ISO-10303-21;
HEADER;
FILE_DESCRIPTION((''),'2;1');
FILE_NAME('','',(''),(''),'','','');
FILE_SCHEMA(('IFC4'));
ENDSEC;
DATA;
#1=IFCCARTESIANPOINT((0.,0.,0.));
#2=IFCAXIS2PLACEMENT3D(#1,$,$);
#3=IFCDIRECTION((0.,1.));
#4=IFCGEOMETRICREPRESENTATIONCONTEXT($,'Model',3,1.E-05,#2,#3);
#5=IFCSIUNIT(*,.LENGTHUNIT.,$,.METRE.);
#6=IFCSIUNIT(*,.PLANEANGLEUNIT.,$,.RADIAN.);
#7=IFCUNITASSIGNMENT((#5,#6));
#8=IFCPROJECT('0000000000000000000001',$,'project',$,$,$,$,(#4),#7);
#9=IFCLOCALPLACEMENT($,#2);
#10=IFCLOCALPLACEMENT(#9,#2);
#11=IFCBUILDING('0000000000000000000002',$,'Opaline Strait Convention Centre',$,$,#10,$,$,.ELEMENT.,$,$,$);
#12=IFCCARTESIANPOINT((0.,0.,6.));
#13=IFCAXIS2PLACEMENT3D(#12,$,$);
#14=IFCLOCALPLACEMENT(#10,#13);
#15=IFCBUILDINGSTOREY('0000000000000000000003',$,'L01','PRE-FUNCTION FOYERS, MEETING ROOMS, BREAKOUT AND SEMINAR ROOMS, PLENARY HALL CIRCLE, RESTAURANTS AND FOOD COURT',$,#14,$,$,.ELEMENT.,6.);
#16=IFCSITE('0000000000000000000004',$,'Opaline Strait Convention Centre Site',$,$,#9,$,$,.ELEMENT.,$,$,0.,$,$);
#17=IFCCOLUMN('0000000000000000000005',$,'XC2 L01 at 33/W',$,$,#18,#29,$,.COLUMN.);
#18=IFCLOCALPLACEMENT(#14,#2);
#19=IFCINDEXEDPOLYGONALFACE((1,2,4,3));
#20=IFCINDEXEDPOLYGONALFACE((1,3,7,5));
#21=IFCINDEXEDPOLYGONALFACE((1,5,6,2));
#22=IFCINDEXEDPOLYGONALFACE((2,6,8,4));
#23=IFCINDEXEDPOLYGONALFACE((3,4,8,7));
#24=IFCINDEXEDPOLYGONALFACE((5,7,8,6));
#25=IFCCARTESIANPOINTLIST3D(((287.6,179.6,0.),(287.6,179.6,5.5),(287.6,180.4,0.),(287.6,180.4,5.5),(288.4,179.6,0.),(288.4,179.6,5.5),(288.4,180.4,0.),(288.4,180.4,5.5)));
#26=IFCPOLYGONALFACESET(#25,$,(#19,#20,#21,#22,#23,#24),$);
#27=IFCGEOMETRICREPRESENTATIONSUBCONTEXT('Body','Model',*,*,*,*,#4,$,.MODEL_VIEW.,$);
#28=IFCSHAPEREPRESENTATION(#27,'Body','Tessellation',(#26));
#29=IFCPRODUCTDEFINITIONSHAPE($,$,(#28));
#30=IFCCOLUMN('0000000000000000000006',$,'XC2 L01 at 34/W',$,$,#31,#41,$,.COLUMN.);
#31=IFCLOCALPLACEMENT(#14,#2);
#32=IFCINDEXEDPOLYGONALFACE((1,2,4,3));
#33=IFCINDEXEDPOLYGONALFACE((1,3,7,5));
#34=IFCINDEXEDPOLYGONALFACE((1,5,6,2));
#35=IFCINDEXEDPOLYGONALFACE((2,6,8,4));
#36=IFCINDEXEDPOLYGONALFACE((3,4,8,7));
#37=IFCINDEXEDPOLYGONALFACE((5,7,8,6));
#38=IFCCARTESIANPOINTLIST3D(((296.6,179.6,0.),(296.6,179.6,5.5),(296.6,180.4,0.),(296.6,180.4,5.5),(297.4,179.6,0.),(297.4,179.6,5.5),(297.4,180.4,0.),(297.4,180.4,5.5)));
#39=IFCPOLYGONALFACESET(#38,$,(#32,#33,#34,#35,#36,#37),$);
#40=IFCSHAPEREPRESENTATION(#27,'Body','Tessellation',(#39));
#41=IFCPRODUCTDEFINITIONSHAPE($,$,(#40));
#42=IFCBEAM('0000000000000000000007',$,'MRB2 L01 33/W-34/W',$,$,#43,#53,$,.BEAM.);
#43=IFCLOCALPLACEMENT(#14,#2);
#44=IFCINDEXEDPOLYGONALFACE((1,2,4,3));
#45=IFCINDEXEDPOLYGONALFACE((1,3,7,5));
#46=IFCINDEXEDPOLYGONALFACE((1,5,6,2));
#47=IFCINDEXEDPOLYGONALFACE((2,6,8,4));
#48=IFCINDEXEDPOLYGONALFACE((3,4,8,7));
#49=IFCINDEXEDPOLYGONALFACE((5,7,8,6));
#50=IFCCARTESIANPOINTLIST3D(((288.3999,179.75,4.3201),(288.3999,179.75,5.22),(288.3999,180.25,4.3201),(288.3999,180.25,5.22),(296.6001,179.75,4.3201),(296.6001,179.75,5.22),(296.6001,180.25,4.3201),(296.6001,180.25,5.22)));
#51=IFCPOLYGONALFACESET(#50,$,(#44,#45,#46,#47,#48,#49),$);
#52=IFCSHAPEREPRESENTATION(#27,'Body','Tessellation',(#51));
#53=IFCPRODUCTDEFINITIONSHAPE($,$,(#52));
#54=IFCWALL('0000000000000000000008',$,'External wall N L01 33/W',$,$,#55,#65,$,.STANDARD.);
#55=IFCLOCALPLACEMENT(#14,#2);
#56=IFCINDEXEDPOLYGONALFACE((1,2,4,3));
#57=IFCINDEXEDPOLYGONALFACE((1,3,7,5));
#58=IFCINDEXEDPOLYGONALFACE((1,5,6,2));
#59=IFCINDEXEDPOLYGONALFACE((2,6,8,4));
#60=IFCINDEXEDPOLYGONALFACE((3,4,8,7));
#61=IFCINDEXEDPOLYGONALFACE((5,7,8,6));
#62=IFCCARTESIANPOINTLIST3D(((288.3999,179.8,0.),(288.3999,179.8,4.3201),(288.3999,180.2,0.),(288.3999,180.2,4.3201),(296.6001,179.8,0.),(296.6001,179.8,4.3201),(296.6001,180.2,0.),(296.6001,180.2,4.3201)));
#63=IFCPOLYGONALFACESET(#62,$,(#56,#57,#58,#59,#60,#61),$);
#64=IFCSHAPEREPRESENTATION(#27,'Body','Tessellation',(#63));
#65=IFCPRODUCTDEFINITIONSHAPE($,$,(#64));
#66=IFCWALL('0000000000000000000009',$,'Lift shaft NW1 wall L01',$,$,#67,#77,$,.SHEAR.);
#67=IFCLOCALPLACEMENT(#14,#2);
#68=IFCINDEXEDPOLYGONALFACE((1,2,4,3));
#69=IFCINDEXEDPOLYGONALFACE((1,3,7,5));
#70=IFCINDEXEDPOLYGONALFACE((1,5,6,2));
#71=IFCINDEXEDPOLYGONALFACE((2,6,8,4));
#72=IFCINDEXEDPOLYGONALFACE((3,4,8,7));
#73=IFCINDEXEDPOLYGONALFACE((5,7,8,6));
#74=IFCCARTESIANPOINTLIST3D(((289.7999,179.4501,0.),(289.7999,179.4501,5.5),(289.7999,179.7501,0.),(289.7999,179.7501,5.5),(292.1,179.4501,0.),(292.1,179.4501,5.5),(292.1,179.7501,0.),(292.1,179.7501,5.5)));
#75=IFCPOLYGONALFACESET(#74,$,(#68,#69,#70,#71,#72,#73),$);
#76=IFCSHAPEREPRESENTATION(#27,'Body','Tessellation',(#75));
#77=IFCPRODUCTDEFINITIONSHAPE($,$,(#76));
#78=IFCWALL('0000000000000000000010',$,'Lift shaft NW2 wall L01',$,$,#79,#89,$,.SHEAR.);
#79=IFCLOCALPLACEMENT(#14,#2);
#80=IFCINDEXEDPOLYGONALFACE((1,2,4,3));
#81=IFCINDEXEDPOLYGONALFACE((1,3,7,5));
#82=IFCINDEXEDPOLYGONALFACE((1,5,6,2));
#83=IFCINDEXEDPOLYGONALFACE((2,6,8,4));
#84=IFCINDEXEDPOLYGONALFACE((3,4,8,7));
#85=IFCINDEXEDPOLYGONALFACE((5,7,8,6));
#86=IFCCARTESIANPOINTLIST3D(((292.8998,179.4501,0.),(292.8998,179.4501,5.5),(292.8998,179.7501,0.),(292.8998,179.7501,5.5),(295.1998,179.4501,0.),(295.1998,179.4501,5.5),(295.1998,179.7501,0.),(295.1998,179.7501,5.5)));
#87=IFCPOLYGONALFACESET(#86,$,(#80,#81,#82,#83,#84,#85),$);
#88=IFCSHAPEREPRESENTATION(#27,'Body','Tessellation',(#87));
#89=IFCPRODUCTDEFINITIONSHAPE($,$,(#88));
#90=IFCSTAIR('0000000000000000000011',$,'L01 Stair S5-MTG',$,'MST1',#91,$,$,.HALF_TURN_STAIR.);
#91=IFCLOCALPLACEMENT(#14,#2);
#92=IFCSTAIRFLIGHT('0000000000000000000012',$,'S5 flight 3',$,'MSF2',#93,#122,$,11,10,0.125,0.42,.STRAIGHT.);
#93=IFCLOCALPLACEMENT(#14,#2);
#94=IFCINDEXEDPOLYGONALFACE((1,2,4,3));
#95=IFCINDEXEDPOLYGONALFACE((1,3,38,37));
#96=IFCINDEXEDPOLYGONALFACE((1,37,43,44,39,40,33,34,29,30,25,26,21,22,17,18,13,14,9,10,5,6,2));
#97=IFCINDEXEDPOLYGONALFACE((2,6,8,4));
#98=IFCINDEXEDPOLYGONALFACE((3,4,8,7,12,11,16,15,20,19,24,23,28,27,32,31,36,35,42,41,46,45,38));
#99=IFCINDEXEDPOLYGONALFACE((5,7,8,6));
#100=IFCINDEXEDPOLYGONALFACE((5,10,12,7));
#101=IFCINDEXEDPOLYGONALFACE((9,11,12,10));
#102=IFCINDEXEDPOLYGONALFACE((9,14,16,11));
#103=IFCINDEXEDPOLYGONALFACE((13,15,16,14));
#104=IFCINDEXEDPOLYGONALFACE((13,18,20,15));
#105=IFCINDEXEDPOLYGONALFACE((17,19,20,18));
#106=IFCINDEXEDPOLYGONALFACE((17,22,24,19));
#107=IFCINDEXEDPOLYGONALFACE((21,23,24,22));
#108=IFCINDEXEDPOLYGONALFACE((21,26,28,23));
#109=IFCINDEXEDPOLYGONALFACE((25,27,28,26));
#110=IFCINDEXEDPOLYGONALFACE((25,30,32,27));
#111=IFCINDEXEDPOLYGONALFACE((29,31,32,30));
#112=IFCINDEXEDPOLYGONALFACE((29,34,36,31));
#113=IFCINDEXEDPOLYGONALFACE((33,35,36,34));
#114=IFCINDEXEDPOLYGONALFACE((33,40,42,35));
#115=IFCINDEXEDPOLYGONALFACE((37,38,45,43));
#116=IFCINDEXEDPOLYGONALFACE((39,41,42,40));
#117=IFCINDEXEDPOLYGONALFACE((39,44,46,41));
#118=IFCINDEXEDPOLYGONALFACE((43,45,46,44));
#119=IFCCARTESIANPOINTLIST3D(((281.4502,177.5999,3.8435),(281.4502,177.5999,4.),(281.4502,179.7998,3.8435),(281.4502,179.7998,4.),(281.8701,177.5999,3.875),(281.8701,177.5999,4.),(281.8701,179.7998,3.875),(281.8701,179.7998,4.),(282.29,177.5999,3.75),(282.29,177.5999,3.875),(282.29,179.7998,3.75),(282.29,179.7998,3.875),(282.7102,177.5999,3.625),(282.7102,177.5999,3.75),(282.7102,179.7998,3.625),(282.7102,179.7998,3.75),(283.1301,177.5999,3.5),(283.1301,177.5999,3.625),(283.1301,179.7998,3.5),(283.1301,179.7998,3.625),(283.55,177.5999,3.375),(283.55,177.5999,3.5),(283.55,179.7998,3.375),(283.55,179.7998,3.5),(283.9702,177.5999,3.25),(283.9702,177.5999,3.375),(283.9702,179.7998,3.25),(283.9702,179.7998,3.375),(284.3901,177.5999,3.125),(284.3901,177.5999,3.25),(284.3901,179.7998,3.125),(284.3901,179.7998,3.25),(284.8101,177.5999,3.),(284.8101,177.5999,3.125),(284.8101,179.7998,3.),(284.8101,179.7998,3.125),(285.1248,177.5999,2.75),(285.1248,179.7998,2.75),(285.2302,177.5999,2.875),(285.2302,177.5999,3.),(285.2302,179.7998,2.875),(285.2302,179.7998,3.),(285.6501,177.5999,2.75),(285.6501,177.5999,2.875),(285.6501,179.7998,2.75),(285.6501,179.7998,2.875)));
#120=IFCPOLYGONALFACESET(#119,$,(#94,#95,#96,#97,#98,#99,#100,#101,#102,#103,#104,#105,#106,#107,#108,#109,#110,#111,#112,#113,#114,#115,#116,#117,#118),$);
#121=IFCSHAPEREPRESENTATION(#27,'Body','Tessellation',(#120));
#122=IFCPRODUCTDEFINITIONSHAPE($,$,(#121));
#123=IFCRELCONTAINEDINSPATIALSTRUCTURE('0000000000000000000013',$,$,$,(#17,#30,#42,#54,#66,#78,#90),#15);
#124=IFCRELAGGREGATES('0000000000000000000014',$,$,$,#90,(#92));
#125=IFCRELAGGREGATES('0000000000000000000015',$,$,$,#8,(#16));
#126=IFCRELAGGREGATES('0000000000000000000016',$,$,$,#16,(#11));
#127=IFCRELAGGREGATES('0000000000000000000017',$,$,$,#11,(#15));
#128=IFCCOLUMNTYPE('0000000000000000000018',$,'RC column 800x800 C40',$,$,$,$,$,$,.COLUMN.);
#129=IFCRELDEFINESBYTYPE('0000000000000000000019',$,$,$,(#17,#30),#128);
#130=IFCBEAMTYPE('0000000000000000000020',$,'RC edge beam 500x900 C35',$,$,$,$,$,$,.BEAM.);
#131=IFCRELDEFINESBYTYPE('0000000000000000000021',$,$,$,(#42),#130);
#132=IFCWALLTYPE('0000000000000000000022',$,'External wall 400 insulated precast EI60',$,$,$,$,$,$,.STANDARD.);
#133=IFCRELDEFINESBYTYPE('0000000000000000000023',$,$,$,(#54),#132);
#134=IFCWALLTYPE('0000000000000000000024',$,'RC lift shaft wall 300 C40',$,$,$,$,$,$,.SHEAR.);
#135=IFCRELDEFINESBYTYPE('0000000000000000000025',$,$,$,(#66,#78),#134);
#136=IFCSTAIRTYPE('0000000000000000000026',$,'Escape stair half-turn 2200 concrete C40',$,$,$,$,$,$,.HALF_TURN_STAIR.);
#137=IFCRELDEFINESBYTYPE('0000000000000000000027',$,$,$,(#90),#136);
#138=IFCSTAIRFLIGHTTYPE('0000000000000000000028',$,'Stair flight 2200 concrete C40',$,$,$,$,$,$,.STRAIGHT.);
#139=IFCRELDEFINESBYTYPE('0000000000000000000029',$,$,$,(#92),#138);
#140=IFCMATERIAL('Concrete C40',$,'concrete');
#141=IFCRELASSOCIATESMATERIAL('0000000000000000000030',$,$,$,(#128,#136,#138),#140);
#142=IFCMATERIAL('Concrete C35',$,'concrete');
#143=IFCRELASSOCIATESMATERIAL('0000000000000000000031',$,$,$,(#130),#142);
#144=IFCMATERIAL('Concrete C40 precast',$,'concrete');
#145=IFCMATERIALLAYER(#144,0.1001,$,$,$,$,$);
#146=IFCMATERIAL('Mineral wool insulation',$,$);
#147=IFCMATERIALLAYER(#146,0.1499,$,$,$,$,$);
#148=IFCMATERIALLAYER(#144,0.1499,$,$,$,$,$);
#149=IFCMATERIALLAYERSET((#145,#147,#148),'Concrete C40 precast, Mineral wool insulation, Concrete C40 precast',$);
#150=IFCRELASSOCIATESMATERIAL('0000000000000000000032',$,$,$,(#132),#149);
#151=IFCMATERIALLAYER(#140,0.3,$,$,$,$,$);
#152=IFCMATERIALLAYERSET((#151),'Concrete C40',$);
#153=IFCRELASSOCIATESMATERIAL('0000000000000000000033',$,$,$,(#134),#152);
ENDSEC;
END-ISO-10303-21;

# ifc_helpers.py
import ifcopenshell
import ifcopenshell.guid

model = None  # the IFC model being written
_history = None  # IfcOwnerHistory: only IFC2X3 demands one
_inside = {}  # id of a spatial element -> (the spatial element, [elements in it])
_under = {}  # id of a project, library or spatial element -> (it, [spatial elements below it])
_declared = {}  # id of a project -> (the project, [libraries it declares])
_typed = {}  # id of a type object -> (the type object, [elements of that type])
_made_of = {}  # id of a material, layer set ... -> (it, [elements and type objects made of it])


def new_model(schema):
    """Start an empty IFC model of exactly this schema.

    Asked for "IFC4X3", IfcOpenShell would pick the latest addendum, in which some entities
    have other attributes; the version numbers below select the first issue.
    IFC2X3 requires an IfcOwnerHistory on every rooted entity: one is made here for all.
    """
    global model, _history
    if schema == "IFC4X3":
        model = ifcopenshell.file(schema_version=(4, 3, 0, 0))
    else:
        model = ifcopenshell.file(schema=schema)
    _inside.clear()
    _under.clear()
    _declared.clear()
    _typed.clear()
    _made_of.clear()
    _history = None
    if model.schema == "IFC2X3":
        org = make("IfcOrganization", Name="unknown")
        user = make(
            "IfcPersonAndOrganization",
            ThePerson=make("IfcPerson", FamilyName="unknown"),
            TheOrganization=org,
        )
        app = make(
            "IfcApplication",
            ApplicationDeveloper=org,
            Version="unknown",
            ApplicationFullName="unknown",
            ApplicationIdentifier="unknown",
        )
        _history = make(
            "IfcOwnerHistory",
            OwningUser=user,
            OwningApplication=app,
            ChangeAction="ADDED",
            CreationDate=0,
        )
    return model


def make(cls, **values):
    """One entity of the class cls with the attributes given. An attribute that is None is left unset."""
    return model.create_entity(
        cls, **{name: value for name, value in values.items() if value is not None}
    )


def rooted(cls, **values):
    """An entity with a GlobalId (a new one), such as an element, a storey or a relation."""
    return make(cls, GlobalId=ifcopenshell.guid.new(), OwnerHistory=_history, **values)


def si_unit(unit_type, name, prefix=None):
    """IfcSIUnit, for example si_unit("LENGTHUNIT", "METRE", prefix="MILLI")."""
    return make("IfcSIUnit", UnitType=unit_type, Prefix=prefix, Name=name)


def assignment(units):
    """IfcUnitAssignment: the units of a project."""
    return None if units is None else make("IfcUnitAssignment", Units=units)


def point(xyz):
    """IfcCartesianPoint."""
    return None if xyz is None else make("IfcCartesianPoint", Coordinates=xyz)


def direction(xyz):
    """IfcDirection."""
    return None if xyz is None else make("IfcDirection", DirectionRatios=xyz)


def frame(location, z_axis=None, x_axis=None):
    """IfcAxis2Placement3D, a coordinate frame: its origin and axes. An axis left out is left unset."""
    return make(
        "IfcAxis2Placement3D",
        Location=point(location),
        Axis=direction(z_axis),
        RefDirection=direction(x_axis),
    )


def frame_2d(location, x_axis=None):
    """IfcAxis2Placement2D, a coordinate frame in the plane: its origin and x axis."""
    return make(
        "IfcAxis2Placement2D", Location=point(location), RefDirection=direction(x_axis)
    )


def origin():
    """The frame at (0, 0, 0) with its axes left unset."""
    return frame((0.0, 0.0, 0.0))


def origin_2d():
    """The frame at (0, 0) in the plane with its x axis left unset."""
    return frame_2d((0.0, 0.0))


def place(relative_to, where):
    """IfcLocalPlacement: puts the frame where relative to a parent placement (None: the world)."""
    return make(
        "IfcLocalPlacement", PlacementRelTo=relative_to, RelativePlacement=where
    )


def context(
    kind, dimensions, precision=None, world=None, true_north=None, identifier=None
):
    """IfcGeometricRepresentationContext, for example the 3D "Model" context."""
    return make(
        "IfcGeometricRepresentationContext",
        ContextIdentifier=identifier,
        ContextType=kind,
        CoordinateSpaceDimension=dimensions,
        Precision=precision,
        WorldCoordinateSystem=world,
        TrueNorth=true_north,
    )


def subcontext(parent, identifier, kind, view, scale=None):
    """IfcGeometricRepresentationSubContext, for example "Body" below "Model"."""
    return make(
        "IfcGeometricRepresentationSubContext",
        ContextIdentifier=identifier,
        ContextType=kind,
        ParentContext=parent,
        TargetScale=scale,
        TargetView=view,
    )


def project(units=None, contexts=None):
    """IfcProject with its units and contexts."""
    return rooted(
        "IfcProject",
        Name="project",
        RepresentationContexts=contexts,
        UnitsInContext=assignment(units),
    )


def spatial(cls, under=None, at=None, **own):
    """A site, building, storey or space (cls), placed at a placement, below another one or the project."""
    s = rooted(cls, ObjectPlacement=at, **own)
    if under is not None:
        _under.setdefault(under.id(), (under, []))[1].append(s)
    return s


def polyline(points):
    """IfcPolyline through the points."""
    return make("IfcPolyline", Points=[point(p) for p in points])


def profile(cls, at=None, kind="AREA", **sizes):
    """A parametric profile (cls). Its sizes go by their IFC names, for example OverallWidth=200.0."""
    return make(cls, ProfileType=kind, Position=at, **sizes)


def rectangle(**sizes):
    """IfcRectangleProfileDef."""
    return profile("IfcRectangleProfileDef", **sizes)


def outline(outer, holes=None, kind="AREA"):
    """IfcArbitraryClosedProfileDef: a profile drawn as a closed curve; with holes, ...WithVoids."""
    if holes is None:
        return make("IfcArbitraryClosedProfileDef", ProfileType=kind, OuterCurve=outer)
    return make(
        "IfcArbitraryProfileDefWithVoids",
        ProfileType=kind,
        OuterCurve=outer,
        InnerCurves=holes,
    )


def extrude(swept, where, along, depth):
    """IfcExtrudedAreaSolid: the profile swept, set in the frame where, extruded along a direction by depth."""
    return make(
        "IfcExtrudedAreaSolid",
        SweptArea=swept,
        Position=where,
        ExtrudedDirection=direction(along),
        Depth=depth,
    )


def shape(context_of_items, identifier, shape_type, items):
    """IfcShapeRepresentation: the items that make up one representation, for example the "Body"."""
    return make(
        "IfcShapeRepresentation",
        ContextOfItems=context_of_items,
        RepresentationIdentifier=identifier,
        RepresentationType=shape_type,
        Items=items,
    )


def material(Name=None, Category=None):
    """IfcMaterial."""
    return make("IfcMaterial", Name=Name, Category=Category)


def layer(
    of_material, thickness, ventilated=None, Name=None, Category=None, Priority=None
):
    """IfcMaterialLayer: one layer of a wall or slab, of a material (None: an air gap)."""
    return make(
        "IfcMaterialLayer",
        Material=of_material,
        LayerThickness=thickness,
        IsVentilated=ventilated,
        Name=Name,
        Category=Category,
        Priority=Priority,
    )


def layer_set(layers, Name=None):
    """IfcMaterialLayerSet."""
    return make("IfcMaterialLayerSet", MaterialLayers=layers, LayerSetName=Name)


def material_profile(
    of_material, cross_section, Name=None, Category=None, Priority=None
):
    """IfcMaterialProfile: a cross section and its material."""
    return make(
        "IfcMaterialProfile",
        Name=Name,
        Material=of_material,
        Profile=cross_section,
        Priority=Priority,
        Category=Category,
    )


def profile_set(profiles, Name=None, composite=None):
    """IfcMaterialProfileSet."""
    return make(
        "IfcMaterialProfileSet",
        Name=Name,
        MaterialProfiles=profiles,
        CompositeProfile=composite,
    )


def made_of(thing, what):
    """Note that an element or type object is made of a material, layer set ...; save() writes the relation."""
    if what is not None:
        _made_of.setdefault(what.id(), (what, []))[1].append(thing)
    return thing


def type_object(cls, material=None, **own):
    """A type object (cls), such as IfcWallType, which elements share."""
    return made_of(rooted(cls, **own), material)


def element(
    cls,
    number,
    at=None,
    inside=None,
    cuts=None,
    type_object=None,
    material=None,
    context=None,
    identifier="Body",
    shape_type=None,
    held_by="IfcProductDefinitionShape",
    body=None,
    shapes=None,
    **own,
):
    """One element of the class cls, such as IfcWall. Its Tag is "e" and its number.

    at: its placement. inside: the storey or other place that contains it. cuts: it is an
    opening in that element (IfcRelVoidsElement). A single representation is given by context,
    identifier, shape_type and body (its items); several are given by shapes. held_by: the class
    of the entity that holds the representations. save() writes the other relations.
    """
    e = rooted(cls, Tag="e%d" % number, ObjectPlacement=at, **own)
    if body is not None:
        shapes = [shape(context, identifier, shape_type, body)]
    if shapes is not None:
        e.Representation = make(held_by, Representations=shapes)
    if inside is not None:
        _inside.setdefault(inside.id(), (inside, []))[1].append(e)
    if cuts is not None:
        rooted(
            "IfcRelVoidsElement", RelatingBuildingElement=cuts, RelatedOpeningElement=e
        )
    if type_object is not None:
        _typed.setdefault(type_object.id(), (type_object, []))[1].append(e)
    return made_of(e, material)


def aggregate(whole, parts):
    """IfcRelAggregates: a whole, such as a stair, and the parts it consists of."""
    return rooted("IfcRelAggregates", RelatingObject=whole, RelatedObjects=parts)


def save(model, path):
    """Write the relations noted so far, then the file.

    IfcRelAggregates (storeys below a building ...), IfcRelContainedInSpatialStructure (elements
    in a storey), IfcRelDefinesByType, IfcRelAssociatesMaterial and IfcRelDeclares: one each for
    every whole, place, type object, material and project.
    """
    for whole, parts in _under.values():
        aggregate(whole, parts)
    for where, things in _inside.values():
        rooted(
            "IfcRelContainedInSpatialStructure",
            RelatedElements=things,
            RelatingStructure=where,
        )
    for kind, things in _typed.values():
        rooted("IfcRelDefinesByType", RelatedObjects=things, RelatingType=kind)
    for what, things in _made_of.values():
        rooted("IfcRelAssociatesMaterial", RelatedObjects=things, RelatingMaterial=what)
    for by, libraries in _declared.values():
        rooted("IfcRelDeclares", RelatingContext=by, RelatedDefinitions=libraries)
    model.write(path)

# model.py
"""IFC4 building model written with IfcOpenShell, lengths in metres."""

from ifc_helpers import new_model, si_unit, direction, frame, frame_2d, origin, origin_2d, place, context, subcontext, project, spatial, polyline, rectangle, outline, extrude, material, layer, layer_set, material_profile, profile_set, type_object, element, aggregate, save


model = new_model("IFC4")

# Units and contexts
model_context = context("Model", 3, precision=1e-05, world=origin(), true_north=direction((0.0, 1.0)))
body_context = subcontext(model_context, "Body", "Model", "MODEL_VIEW")
ifc_project = project(units=[si_unit("LENGTHUNIT", "METRE"), si_unit("PLANEANGLEUNIT", "RADIAN")], contexts=[model_context])

# Site, building, storey
site_placement = place(None, origin())
site = spatial("IfcSite", under=ifc_project, at=site_placement, Name="Opaline Strait Convention Centre Site", CompositionType="ELEMENT", RefElevation=0.0)
building_placement = place(site_placement, origin())
building = spatial("IfcBuilding", under=site, at=building_placement, Name="Opaline Strait Convention Centre", CompositionType="ELEMENT")
storey_placement = place(building_placement, frame((0.0, 0.0, 6.0)))
storey = spatial("IfcBuildingStorey", under=building, at=storey_placement, Name="L01", Description="PRE-FUNCTION FOYERS, MEETING ROOMS, BREAKOUT AND SEMINAR ROOMS, PLENARY HALL CIRCLE, RESTAURANTS AND FOOD COURT", CompositionType="ELEMENT", Elevation=6.0)

# Columns
ifc_material_1 = material(Name="Concrete C40", Category="concrete")
ifc_material_profile_1 = material_profile(ifc_material_1, rectangle(XDim=0.8, YDim=0.8, at=origin_2d()), Name="RC 800x800")
ifc_profile_set_1 = profile_set([ifc_material_profile_1], Name="Concrete C40")
column_type = type_object("IfcColumnType", Name="RC column 800x800 C40", PredefinedType="COLUMN", material=ifc_profile_set_1)
for number, where, z_axis, x_axis, name in (
    (1, (288.0, 180.0, 0.0), (0.0, 0.0, 1.0), (1.0, 0.0, 0.0), "XC2 L01 at 33/W"),
    (2, (297.0, 180.0, 0.0), (0.0, 0.0, 1.0), (1.0, 0.0, 0.0), "XC2 L01 at 34/W"),
):
    element("IfcColumn", number, at=place(storey_placement, frame(where, z_axis=z_axis, x_axis=x_axis)), inside=storey, type_object=column_type, Name=name, PredefinedType="COLUMN", context=body_context, shape_type="SweptSolid", body=[
        extrude(rectangle(XDim=0.8, YDim=0.8, at=origin_2d()), origin(), (0.0, 0.0, 1.0), 5.5),
    ])

# Beam
ifc_material_2 = material(Name="Concrete C35", Category="concrete")
ifc_material_profile_2 = material_profile(ifc_material_2, rectangle(XDim=0.5, YDim=0.8999, at=origin_2d()), Name="RC 500x900")
ifc_profile_set_2 = profile_set([ifc_material_profile_2], Name="Concrete C35")
beam_type = type_object("IfcBeamType", Name="RC edge beam 500x900 C35", PredefinedType="BEAM", material=ifc_profile_set_2)
beam_placement = place(storey_placement, frame((288.3999, 180.0, 4.77), z_axis=(1.0, 0.0, 0.0), x_axis=(0.0, 1.0, 0.0)))
element("IfcBeam", 3, at=beam_placement, inside=storey, type_object=beam_type, Name="MRB2 L01 33/W-34/W", PredefinedType="BEAM", context=body_context, shape_type="SweptSolid", body=[
    extrude(rectangle(XDim=0.5, YDim=0.8999, at=origin_2d()), origin(), (0.0, 0.0, 1.0), 8.2002),
])

# Walls
ifc_material_3 = material(Name="Concrete C40 precast", Category="concrete")
ifc_layer_1 = layer(ifc_material_3, 0.1001)
ifc_material_4 = material(Name="Mineral wool insulation")
ifc_layer_2 = layer(ifc_material_4, 0.1499)
ifc_layer_3 = layer(ifc_material_3, 0.1499)
ifc_layer_set_1 = layer_set([ifc_layer_1, ifc_layer_2, ifc_layer_3], Name="Concrete C40 precast, Mineral wool insulation, Concrete C40 precast")
wall_type_1 = type_object("IfcWallType", Name="External wall 400 insulated precast EI60", PredefinedType="STANDARD", material=ifc_layer_set_1)
wall_placement = place(storey_placement, frame((288.3999, 180.0, 0.0), z_axis=(0.0, 0.0, 1.0), x_axis=(1.0, 0.0, 0.0)))
element("IfcWall", 4, at=wall_placement, inside=storey, type_object=wall_type_1, Name="External wall N L01 33/W", PredefinedType="STANDARD", context=body_context, shape_type="SweptSolid", body=[
    extrude(rectangle(XDim=8.2002, YDim=0.3999, at=frame_2d((4.1001, 0.0))), origin(), (0.0, 0.0, 1.0), 4.3201),
])
ifc_layer_4 = layer(ifc_material_1, 0.3)
ifc_layer_set_2 = layer_set([ifc_layer_4], Name="Concrete C40")
wall_type_2 = type_object("IfcWallType", Name="RC lift shaft wall 300 C40", PredefinedType="SHEAR", material=ifc_layer_set_2)
for number, where, z_axis, x_axis, name in (
    (5, (289.8, 179.6001, 0.0), (0.0, 0.0, 1.0), (1.0, 0.0, 0.0), "Lift shaft NW1 wall L01"),
    (6, (292.8999, 179.6001, 0.0), (0.0, 0.0, 1.0), (1.0, 0.0, 0.0), "Lift shaft NW2 wall L01"),
):
    element("IfcWall", number, at=place(storey_placement, frame(where, z_axis=z_axis, x_axis=x_axis)), inside=storey, type_object=wall_type_2, Name=name, PredefinedType="SHEAR", context=body_context, shape_type="SweptSolid", body=[
        extrude(rectangle(XDim=2.3, YDim=0.3, at=frame_2d((1.1499, 0.0))), origin(), (0.0, 0.0, 1.0), 5.5),
    ])

# Stair, stair flight
stair_type = type_object("IfcStairType", Name="Escape stair half-turn 2200 concrete C40", PredefinedType="HALF_TURN_STAIR", material=ifc_material_1)
stair_placement = place(storey_placement, origin())
stair = element("IfcStair", 7, at=stair_placement, inside=storey, type_object=stair_type, Name="L01 Stair S5-MTG", ObjectType="MST1", PredefinedType="HALF_TURN_STAIR")
stair_flight_type = type_object("IfcStairFlightType", Name="Stair flight 2200 concrete C40", PredefinedType="STRAIGHT", material=ifc_material_1)
stair_flight_placement = place(storey_placement, frame((285.6501, 178.7, 2.75), z_axis=(0.0, 0.0, 1.0), x_axis=(-1.0, 0.0, 0.0)))
stair_flight = element("IfcStairFlight", 8, at=stair_flight_placement, type_object=stair_flight_type, Name="S5 flight 3", ObjectType="MSF2", NumberOfRisers=11, NumberOfTreads=10, PredefinedType="STRAIGHT", RiserHeight=0.125, TreadLength=0.42, context=body_context, shape_type="SweptSolid", body=[
    extrude(outline(polyline([(0.0, 0.0), (0.0, 0.125), (0.4199, 0.125), (0.4199, 0.25), (0.8401, 0.25), (0.8401, 0.375), (1.26, 0.375), (1.26, 0.5), (1.6799, 0.5), (1.6799, 0.625), (2.1001, 0.625), (2.1001, 0.75), (2.52, 0.75), (2.52, 0.875), (2.9399, 0.875), (2.9399, 1.0), (3.3601, 1.0), (3.3601, 1.125), (3.78, 1.125), (3.78, 1.25), (4.2, 1.25), (4.2, 1.375), (4.2, 1.0935), (0.5254, 0.0), (0.0, 0.0)])), frame((0.0, 1.1001, 0.0), z_axis=(0.0, -1.0, 0.0), x_axis=(1.0, 0.0, 0.0)), (0.0, 0.0, 1.0), 2.2),
])
aggregate(stair, [stair_flight])

save(model, "model.ifc")
